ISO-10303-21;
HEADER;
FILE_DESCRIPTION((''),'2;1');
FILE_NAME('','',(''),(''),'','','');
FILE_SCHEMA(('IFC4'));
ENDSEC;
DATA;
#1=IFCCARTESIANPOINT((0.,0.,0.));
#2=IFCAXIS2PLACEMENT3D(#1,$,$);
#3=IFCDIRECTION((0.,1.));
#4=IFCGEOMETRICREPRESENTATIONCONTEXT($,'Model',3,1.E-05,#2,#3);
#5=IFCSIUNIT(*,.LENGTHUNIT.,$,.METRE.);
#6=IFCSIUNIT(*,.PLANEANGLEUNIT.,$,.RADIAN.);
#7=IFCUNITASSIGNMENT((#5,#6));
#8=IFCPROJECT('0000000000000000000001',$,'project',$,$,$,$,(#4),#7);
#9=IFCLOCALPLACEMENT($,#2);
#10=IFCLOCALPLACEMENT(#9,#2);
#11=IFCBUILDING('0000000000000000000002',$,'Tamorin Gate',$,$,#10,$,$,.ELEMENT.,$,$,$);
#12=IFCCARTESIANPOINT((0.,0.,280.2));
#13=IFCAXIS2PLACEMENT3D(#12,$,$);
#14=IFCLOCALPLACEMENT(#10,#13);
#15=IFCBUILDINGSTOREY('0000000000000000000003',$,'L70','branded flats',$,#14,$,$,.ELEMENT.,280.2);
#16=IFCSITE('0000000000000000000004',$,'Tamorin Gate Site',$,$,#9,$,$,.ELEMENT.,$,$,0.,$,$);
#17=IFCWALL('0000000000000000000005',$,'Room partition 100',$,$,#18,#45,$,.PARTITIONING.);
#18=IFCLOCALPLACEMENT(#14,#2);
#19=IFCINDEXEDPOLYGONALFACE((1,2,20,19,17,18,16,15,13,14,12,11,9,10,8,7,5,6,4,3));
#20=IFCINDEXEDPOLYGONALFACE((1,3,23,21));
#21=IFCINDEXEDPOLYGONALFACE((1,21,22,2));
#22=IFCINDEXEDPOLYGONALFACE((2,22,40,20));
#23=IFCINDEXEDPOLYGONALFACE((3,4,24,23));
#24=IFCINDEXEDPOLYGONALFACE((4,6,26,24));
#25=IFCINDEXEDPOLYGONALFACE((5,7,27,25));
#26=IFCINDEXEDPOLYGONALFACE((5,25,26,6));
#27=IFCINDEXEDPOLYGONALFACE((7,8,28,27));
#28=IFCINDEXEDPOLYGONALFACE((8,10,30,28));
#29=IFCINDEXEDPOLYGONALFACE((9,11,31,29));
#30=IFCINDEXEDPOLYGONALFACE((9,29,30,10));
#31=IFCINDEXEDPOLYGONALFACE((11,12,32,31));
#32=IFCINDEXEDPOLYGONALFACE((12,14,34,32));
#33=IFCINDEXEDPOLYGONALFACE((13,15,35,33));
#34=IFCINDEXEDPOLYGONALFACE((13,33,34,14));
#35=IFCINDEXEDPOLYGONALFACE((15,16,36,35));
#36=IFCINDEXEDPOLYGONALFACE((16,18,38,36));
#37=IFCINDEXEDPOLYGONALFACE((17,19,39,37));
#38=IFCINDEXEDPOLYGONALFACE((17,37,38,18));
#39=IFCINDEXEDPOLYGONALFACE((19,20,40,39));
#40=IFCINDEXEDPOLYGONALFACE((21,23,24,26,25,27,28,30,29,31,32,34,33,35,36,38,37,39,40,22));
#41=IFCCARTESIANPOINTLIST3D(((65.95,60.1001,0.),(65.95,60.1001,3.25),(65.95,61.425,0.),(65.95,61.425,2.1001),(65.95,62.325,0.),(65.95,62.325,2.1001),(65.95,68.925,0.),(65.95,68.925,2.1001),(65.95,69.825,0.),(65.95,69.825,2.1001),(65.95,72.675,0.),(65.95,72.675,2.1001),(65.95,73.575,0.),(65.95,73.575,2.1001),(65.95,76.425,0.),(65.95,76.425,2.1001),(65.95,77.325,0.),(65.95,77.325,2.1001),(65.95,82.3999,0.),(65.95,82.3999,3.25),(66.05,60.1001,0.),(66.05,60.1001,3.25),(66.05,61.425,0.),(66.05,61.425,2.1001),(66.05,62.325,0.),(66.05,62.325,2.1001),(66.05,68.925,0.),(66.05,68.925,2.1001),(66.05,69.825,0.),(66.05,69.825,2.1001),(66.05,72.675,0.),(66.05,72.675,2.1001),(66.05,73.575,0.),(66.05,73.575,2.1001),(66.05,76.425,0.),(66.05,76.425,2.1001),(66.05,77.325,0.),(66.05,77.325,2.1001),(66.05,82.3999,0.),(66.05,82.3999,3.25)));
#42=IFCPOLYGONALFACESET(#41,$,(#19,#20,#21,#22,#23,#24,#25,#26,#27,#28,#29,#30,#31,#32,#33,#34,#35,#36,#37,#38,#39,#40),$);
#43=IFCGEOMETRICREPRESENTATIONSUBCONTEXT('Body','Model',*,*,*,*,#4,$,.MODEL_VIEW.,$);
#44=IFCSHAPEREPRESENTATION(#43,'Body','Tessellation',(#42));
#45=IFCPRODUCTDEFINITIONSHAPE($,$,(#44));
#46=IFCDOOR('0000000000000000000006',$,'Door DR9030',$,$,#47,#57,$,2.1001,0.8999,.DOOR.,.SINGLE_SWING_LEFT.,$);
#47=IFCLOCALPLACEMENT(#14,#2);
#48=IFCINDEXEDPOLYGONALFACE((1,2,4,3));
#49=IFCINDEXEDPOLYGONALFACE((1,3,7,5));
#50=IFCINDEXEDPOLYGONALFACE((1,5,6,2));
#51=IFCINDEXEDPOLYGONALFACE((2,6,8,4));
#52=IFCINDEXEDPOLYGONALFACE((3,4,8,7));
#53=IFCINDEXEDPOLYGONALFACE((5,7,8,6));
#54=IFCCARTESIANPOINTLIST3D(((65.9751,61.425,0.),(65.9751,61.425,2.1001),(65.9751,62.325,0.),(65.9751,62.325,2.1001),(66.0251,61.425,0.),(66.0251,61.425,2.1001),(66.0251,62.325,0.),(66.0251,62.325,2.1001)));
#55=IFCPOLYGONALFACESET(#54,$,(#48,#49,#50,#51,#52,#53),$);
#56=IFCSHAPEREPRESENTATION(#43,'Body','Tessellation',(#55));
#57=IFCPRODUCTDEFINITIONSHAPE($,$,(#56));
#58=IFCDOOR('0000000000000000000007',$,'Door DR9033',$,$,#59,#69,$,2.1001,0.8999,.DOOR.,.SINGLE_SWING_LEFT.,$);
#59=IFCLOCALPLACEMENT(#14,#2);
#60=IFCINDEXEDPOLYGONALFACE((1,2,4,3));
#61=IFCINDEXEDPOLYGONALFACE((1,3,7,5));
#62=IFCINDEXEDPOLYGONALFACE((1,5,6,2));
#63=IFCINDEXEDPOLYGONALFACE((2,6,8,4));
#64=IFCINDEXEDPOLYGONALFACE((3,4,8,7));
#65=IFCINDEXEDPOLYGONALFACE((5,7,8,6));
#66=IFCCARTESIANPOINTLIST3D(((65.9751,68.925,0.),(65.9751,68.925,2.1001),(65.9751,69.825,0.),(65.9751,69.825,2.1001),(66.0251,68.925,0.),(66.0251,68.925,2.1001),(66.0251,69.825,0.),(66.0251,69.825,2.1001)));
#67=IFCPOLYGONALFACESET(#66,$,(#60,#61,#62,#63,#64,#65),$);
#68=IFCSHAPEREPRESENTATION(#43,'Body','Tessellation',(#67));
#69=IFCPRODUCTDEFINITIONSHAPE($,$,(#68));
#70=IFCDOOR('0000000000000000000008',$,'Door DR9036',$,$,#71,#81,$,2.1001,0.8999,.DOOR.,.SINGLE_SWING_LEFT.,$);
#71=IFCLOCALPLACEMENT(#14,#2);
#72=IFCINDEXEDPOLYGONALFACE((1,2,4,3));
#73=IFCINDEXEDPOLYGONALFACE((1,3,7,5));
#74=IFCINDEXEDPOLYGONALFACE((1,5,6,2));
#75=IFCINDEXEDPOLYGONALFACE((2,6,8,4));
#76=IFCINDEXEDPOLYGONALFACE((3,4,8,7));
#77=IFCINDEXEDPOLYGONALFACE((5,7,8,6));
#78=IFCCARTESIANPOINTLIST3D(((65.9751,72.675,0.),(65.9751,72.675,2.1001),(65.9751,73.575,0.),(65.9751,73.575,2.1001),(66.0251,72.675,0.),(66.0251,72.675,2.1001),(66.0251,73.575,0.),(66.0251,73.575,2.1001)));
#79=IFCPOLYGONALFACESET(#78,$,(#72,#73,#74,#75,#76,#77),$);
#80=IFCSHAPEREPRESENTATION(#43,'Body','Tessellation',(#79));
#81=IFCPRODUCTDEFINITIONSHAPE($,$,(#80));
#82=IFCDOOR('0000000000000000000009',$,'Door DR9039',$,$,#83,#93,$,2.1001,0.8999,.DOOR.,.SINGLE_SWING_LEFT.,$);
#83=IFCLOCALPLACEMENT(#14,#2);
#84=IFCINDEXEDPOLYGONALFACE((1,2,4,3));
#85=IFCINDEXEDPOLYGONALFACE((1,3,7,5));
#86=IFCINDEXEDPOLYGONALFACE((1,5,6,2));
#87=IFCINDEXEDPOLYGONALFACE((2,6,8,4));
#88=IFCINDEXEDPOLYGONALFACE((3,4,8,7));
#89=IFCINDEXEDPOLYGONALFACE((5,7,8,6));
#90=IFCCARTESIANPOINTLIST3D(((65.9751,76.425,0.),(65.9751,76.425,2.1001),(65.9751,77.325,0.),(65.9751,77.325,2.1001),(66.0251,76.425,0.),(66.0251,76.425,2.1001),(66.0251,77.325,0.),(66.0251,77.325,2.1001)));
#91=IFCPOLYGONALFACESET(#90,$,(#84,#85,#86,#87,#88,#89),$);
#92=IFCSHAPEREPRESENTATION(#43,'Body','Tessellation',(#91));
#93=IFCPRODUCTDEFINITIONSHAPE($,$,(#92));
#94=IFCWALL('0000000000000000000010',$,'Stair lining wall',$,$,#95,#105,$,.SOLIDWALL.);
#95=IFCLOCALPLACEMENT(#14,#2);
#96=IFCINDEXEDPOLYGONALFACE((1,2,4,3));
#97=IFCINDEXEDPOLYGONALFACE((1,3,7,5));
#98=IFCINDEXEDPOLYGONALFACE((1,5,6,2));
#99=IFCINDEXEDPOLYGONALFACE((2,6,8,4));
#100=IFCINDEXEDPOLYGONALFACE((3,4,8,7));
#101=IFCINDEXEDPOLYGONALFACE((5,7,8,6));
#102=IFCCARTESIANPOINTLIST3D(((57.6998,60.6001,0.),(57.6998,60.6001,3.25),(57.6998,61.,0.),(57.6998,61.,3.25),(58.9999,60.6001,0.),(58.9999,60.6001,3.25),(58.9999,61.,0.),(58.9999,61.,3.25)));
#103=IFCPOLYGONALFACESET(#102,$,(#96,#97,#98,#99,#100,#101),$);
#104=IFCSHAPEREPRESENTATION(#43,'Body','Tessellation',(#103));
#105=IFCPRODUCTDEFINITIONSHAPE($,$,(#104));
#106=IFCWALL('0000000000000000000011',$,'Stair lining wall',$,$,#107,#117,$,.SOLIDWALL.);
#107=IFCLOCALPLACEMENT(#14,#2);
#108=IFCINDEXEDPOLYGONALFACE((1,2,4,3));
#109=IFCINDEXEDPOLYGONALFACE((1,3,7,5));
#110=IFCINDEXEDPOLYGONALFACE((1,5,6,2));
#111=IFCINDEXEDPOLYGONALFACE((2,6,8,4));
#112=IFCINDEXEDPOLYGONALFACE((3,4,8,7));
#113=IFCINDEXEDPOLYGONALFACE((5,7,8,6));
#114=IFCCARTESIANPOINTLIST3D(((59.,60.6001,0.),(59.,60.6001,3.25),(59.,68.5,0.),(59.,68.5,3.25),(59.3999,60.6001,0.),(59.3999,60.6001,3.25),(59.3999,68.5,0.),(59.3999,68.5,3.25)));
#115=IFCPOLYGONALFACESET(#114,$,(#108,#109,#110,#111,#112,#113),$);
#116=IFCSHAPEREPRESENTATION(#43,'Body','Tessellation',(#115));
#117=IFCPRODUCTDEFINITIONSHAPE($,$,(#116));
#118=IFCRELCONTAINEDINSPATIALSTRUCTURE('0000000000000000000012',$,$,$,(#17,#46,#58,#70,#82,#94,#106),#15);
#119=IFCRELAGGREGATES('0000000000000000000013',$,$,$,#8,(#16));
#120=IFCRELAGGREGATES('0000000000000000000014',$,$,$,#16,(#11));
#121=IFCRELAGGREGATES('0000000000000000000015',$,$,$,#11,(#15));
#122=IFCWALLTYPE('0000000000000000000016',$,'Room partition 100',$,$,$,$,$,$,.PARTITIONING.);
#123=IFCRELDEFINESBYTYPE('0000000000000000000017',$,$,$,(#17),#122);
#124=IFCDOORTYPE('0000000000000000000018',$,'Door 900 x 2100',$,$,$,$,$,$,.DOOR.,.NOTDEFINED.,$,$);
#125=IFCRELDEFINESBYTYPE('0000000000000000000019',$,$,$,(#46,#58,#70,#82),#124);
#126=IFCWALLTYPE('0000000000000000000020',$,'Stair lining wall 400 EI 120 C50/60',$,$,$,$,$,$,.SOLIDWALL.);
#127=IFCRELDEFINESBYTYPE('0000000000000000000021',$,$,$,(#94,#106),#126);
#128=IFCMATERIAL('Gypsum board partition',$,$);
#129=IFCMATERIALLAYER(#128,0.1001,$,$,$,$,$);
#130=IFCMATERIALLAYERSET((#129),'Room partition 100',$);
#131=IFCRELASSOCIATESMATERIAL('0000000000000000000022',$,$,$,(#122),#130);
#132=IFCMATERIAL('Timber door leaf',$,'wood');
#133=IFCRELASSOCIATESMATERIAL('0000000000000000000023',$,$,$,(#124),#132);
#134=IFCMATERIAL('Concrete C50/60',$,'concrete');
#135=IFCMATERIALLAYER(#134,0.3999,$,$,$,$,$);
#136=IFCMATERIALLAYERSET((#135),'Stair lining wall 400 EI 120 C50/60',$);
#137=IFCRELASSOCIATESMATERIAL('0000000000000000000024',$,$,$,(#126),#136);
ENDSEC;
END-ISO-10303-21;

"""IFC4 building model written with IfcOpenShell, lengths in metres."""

from ifc_helpers import new_model, si_unit, direction, frame, frame_2d, origin, place, context, subcontext, project, spatial, rectangle, extrude, material, layer, layer_set, type_object, element, fill, save


model = new_model("IFC4")

# Units and contexts
model_context = context("Model", 3, precision=1e-05, world=origin(), true_north=direction((0.0, 1.0)))
body_context = subcontext(model_context, "Body", "Model", "MODEL_VIEW")
ifc_project = project(units=[si_unit("LENGTHUNIT", "METRE"), si_unit("PLANEANGLEUNIT", "RADIAN")], contexts=[model_context])

# Site, building, storey
site_placement = place(None, origin())
site = spatial("IfcSite", under=ifc_project, at=site_placement, Name="Tamorin Gate Site", CompositionType="ELEMENT", RefElevation=0.0)
building_placement = place(site_placement, origin())
building = spatial("IfcBuilding", under=site, at=building_placement, Name="Tamorin Gate", CompositionType="ELEMENT")
storey_placement = place(building_placement, frame((0.0, 0.0, 280.2)))
storey = spatial("IfcBuildingStorey", under=building, at=storey_placement, Name="L70", Description="branded flats", CompositionType="ELEMENT", Elevation=280.2)

# Shared definitions
ifc_material_1 = material(Name="Concrete C50/60", Category="concrete")

# Shared definitions
ifc_material_2 = material(Name="Gypsum board partition")
ifc_material_3 = material(Name="Timber door leaf", Category="wood")

# Wall, openings, doors
ifc_layer_1 = layer(ifc_material_2, 0.1001)
ifc_layer_set_1 = layer_set([ifc_layer_1], Name="Room partition 100")
wall_type_1 = type_object("IfcWallType", Name="Room partition 100", PredefinedType="PARTITIONING", material=ifc_layer_set_1)
wall_1_placement = place(storey_placement, frame((66.0, 60.1001, 0.0), z_axis=(0.0, 0.0, 1.0), x_axis=(0.0, 1.0, 0.0)))
wall_1 = element("IfcWall", 1, at=wall_1_placement, inside=storey, type_object=wall_type_1, Name="Room partition 100", PredefinedType="PARTITIONING", context=body_context, shape_type="SweptSolid", body=[
    extrude(rectangle(XDim=22.2998, YDim=0.1001, at=frame_2d((11.1499, 0.0))), origin(), (0.0, 0.0, 1.0), 3.25),
])
opening_1_placement = place(wall_1_placement, frame((1.325, 0.0, 0.0)))
opening_1 = element("IfcOpeningElement", 2, at=opening_1_placement, cuts=wall_1, PredefinedType="OPENING", context=body_context, shape_type="SweptSolid", body=[
    extrude(rectangle(XDim=0.8999, YDim=2.1001, at=frame_2d((0.45, 1.05))), frame((0.0, 0.0601, 0.0), z_axis=(0.0, -1.0, 0.0), x_axis=(1.0, 0.0, 0.0)), (0.0, 0.0, 1.0), 0.1201),
])
opening_2_placement = place(wall_1_placement, frame((8.825, 0.0, 0.0)))
opening_2 = element("IfcOpeningElement", 3, at=opening_2_placement, cuts=wall_1, PredefinedType="OPENING", context=body_context, shape_type="SweptSolid", body=[
    extrude(rectangle(XDim=0.8999, YDim=2.1001, at=frame_2d((0.45, 1.05))), frame((0.0, 0.0601, 0.0), z_axis=(0.0, -1.0, 0.0), x_axis=(1.0, 0.0, 0.0)), (0.0, 0.0, 1.0), 0.1201),
])
opening_3_placement = place(wall_1_placement, frame((12.575, 0.0, 0.0)))
opening_3 = element("IfcOpeningElement", 4, at=opening_3_placement, cuts=wall_1, PredefinedType="OPENING", context=body_context, shape_type="SweptSolid", body=[
    extrude(rectangle(XDim=0.8999, YDim=2.1001, at=frame_2d((0.45, 1.05))), frame((0.0, 0.0601, 0.0), z_axis=(0.0, -1.0, 0.0), x_axis=(1.0, 0.0, 0.0)), (0.0, 0.0, 1.0), 0.1201),
])
opening_4_placement = place(wall_1_placement, frame((16.325, 0.0, 0.0)))
opening_4 = element("IfcOpeningElement", 5, at=opening_4_placement, cuts=wall_1, PredefinedType="OPENING", context=body_context, shape_type="SweptSolid", body=[
    extrude(rectangle(XDim=0.8999, YDim=2.1001, at=frame_2d((0.45, 1.05))), frame((0.0, 0.0601, 0.0), z_axis=(0.0, -1.0, 0.0), x_axis=(1.0, 0.0, 0.0)), (0.0, 0.0, 1.0), 0.1201),
])
door_type_1 = type_object("IfcDoorType", Name="Door 900 x 2100", OperationType="NOTDEFINED", PredefinedType="DOOR", material=ifc_material_3)
door_1_placement = place(opening_1_placement, origin())
door_1 = element("IfcDoor", 6, at=door_1_placement, inside=storey, type_object=door_type_1, Name="Door DR9030", OperationType="SINGLE_SWING_LEFT", OverallHeight=2.1001, OverallWidth=0.8999, PredefinedType="DOOR", context=body_context, shape_type="SweptSolid", body=[
    extrude(rectangle(XDim=0.8999, YDim=2.1001, at=frame_2d((0.45, 1.05))), frame((0.0, 0.0249, 0.0), z_axis=(0.0, -1.0, 0.0), x_axis=(1.0, 0.0, 0.0)), (0.0, 0.0, 1.0), 0.05),
])
fill(opening_1, door_1)
door_2_placement = place(opening_2_placement, origin())
door_2 = element("IfcDoor", 7, at=door_2_placement, inside=storey, type_object=door_type_1, Name="Door DR9033", OperationType="SINGLE_SWING_LEFT", OverallHeight=2.1001, OverallWidth=0.8999, PredefinedType="DOOR", context=body_context, shape_type="SweptSolid", body=[
    extrude(rectangle(XDim=0.8999, YDim=2.1001, at=frame_2d((0.45, 1.05))), frame((0.0, 0.0249, 0.0), z_axis=(0.0, -1.0, 0.0), x_axis=(1.0, 0.0, 0.0)), (0.0, 0.0, 1.0), 0.05),
])
fill(opening_2, door_2)
door_3_placement = place(opening_3_placement, origin())
door_3 = element("IfcDoor", 8, at=door_3_placement, inside=storey, type_object=door_type_1, Name="Door DR9036", OperationType="SINGLE_SWING_LEFT", OverallHeight=2.1001, OverallWidth=0.8999, PredefinedType="DOOR", context=body_context, shape_type="SweptSolid", body=[
    extrude(rectangle(XDim=0.8999, YDim=2.1001, at=frame_2d((0.45, 1.05))), frame((0.0, 0.0249, 0.0), z_axis=(0.0, -1.0, 0.0), x_axis=(1.0, 0.0, 0.0)), (0.0, 0.0, 1.0), 0.05),
])
fill(opening_3, door_3)
door_4_placement = place(opening_4_placement, origin())
door_4 = element("IfcDoor", 9, at=door_4_placement, inside=storey, type_object=door_type_1, Name="Door DR9039", OperationType="SINGLE_SWING_LEFT", OverallHeight=2.1001, OverallWidth=0.8999, PredefinedType="DOOR", context=body_context, shape_type="SweptSolid", body=[
    extrude(rectangle(XDim=0.8999, YDim=2.1001, at=frame_2d((0.45, 1.05))), frame((0.0, 0.0249, 0.0), z_axis=(0.0, -1.0, 0.0), x_axis=(1.0, 0.0, 0.0)), (0.0, 0.0, 1.0), 0.05),
])
fill(opening_4, door_4)

# Walls
ifc_layer_2 = layer(ifc_material_1, 0.3999)
ifc_layer_set_2 = layer_set([ifc_layer_2], Name="Stair lining wall 400 EI 120 C50/60")
wall_type_2 = type_object("IfcWallType", Name="Stair lining wall 400 EI 120 C50/60", PredefinedType="SOLIDWALL", material=ifc_layer_set_2)
wall_2_placement = place(storey_placement, frame((57.7, 60.8, 0.0), z_axis=(0.0, 0.0, 1.0), x_axis=(1.0, 0.0, 0.0)))
element("IfcWall", 10, at=wall_2_placement, inside=storey, type_object=wall_type_2, Name="Stair lining wall", PredefinedType="SOLIDWALL", context=body_context, shape_type="SweptSolid", body=[
    extrude(rectangle(XDim=1.3, YDim=0.3999, at=frame_2d((0.6499, 0.0))), origin(), (0.0, 0.0, 1.0), 3.25),
])
wall_3_placement = place(storey_placement, frame((59.2, 60.6001, 0.0), z_axis=(0.0, 0.0, 1.0), x_axis=(0.0, 1.0, 0.0)))
element("IfcWall", 11, at=wall_3_placement, inside=storey, type_object=wall_type_2, Name="Stair lining wall", PredefinedType="SOLIDWALL", context=body_context, shape_type="SweptSolid", body=[
    extrude(rectangle(XDim=7.8999, YDim=0.3999, at=frame_2d((3.95, 0.0))), origin(), (0.0, 0.0, 1.0), 3.25),
])

save(model, "model.ifc")
